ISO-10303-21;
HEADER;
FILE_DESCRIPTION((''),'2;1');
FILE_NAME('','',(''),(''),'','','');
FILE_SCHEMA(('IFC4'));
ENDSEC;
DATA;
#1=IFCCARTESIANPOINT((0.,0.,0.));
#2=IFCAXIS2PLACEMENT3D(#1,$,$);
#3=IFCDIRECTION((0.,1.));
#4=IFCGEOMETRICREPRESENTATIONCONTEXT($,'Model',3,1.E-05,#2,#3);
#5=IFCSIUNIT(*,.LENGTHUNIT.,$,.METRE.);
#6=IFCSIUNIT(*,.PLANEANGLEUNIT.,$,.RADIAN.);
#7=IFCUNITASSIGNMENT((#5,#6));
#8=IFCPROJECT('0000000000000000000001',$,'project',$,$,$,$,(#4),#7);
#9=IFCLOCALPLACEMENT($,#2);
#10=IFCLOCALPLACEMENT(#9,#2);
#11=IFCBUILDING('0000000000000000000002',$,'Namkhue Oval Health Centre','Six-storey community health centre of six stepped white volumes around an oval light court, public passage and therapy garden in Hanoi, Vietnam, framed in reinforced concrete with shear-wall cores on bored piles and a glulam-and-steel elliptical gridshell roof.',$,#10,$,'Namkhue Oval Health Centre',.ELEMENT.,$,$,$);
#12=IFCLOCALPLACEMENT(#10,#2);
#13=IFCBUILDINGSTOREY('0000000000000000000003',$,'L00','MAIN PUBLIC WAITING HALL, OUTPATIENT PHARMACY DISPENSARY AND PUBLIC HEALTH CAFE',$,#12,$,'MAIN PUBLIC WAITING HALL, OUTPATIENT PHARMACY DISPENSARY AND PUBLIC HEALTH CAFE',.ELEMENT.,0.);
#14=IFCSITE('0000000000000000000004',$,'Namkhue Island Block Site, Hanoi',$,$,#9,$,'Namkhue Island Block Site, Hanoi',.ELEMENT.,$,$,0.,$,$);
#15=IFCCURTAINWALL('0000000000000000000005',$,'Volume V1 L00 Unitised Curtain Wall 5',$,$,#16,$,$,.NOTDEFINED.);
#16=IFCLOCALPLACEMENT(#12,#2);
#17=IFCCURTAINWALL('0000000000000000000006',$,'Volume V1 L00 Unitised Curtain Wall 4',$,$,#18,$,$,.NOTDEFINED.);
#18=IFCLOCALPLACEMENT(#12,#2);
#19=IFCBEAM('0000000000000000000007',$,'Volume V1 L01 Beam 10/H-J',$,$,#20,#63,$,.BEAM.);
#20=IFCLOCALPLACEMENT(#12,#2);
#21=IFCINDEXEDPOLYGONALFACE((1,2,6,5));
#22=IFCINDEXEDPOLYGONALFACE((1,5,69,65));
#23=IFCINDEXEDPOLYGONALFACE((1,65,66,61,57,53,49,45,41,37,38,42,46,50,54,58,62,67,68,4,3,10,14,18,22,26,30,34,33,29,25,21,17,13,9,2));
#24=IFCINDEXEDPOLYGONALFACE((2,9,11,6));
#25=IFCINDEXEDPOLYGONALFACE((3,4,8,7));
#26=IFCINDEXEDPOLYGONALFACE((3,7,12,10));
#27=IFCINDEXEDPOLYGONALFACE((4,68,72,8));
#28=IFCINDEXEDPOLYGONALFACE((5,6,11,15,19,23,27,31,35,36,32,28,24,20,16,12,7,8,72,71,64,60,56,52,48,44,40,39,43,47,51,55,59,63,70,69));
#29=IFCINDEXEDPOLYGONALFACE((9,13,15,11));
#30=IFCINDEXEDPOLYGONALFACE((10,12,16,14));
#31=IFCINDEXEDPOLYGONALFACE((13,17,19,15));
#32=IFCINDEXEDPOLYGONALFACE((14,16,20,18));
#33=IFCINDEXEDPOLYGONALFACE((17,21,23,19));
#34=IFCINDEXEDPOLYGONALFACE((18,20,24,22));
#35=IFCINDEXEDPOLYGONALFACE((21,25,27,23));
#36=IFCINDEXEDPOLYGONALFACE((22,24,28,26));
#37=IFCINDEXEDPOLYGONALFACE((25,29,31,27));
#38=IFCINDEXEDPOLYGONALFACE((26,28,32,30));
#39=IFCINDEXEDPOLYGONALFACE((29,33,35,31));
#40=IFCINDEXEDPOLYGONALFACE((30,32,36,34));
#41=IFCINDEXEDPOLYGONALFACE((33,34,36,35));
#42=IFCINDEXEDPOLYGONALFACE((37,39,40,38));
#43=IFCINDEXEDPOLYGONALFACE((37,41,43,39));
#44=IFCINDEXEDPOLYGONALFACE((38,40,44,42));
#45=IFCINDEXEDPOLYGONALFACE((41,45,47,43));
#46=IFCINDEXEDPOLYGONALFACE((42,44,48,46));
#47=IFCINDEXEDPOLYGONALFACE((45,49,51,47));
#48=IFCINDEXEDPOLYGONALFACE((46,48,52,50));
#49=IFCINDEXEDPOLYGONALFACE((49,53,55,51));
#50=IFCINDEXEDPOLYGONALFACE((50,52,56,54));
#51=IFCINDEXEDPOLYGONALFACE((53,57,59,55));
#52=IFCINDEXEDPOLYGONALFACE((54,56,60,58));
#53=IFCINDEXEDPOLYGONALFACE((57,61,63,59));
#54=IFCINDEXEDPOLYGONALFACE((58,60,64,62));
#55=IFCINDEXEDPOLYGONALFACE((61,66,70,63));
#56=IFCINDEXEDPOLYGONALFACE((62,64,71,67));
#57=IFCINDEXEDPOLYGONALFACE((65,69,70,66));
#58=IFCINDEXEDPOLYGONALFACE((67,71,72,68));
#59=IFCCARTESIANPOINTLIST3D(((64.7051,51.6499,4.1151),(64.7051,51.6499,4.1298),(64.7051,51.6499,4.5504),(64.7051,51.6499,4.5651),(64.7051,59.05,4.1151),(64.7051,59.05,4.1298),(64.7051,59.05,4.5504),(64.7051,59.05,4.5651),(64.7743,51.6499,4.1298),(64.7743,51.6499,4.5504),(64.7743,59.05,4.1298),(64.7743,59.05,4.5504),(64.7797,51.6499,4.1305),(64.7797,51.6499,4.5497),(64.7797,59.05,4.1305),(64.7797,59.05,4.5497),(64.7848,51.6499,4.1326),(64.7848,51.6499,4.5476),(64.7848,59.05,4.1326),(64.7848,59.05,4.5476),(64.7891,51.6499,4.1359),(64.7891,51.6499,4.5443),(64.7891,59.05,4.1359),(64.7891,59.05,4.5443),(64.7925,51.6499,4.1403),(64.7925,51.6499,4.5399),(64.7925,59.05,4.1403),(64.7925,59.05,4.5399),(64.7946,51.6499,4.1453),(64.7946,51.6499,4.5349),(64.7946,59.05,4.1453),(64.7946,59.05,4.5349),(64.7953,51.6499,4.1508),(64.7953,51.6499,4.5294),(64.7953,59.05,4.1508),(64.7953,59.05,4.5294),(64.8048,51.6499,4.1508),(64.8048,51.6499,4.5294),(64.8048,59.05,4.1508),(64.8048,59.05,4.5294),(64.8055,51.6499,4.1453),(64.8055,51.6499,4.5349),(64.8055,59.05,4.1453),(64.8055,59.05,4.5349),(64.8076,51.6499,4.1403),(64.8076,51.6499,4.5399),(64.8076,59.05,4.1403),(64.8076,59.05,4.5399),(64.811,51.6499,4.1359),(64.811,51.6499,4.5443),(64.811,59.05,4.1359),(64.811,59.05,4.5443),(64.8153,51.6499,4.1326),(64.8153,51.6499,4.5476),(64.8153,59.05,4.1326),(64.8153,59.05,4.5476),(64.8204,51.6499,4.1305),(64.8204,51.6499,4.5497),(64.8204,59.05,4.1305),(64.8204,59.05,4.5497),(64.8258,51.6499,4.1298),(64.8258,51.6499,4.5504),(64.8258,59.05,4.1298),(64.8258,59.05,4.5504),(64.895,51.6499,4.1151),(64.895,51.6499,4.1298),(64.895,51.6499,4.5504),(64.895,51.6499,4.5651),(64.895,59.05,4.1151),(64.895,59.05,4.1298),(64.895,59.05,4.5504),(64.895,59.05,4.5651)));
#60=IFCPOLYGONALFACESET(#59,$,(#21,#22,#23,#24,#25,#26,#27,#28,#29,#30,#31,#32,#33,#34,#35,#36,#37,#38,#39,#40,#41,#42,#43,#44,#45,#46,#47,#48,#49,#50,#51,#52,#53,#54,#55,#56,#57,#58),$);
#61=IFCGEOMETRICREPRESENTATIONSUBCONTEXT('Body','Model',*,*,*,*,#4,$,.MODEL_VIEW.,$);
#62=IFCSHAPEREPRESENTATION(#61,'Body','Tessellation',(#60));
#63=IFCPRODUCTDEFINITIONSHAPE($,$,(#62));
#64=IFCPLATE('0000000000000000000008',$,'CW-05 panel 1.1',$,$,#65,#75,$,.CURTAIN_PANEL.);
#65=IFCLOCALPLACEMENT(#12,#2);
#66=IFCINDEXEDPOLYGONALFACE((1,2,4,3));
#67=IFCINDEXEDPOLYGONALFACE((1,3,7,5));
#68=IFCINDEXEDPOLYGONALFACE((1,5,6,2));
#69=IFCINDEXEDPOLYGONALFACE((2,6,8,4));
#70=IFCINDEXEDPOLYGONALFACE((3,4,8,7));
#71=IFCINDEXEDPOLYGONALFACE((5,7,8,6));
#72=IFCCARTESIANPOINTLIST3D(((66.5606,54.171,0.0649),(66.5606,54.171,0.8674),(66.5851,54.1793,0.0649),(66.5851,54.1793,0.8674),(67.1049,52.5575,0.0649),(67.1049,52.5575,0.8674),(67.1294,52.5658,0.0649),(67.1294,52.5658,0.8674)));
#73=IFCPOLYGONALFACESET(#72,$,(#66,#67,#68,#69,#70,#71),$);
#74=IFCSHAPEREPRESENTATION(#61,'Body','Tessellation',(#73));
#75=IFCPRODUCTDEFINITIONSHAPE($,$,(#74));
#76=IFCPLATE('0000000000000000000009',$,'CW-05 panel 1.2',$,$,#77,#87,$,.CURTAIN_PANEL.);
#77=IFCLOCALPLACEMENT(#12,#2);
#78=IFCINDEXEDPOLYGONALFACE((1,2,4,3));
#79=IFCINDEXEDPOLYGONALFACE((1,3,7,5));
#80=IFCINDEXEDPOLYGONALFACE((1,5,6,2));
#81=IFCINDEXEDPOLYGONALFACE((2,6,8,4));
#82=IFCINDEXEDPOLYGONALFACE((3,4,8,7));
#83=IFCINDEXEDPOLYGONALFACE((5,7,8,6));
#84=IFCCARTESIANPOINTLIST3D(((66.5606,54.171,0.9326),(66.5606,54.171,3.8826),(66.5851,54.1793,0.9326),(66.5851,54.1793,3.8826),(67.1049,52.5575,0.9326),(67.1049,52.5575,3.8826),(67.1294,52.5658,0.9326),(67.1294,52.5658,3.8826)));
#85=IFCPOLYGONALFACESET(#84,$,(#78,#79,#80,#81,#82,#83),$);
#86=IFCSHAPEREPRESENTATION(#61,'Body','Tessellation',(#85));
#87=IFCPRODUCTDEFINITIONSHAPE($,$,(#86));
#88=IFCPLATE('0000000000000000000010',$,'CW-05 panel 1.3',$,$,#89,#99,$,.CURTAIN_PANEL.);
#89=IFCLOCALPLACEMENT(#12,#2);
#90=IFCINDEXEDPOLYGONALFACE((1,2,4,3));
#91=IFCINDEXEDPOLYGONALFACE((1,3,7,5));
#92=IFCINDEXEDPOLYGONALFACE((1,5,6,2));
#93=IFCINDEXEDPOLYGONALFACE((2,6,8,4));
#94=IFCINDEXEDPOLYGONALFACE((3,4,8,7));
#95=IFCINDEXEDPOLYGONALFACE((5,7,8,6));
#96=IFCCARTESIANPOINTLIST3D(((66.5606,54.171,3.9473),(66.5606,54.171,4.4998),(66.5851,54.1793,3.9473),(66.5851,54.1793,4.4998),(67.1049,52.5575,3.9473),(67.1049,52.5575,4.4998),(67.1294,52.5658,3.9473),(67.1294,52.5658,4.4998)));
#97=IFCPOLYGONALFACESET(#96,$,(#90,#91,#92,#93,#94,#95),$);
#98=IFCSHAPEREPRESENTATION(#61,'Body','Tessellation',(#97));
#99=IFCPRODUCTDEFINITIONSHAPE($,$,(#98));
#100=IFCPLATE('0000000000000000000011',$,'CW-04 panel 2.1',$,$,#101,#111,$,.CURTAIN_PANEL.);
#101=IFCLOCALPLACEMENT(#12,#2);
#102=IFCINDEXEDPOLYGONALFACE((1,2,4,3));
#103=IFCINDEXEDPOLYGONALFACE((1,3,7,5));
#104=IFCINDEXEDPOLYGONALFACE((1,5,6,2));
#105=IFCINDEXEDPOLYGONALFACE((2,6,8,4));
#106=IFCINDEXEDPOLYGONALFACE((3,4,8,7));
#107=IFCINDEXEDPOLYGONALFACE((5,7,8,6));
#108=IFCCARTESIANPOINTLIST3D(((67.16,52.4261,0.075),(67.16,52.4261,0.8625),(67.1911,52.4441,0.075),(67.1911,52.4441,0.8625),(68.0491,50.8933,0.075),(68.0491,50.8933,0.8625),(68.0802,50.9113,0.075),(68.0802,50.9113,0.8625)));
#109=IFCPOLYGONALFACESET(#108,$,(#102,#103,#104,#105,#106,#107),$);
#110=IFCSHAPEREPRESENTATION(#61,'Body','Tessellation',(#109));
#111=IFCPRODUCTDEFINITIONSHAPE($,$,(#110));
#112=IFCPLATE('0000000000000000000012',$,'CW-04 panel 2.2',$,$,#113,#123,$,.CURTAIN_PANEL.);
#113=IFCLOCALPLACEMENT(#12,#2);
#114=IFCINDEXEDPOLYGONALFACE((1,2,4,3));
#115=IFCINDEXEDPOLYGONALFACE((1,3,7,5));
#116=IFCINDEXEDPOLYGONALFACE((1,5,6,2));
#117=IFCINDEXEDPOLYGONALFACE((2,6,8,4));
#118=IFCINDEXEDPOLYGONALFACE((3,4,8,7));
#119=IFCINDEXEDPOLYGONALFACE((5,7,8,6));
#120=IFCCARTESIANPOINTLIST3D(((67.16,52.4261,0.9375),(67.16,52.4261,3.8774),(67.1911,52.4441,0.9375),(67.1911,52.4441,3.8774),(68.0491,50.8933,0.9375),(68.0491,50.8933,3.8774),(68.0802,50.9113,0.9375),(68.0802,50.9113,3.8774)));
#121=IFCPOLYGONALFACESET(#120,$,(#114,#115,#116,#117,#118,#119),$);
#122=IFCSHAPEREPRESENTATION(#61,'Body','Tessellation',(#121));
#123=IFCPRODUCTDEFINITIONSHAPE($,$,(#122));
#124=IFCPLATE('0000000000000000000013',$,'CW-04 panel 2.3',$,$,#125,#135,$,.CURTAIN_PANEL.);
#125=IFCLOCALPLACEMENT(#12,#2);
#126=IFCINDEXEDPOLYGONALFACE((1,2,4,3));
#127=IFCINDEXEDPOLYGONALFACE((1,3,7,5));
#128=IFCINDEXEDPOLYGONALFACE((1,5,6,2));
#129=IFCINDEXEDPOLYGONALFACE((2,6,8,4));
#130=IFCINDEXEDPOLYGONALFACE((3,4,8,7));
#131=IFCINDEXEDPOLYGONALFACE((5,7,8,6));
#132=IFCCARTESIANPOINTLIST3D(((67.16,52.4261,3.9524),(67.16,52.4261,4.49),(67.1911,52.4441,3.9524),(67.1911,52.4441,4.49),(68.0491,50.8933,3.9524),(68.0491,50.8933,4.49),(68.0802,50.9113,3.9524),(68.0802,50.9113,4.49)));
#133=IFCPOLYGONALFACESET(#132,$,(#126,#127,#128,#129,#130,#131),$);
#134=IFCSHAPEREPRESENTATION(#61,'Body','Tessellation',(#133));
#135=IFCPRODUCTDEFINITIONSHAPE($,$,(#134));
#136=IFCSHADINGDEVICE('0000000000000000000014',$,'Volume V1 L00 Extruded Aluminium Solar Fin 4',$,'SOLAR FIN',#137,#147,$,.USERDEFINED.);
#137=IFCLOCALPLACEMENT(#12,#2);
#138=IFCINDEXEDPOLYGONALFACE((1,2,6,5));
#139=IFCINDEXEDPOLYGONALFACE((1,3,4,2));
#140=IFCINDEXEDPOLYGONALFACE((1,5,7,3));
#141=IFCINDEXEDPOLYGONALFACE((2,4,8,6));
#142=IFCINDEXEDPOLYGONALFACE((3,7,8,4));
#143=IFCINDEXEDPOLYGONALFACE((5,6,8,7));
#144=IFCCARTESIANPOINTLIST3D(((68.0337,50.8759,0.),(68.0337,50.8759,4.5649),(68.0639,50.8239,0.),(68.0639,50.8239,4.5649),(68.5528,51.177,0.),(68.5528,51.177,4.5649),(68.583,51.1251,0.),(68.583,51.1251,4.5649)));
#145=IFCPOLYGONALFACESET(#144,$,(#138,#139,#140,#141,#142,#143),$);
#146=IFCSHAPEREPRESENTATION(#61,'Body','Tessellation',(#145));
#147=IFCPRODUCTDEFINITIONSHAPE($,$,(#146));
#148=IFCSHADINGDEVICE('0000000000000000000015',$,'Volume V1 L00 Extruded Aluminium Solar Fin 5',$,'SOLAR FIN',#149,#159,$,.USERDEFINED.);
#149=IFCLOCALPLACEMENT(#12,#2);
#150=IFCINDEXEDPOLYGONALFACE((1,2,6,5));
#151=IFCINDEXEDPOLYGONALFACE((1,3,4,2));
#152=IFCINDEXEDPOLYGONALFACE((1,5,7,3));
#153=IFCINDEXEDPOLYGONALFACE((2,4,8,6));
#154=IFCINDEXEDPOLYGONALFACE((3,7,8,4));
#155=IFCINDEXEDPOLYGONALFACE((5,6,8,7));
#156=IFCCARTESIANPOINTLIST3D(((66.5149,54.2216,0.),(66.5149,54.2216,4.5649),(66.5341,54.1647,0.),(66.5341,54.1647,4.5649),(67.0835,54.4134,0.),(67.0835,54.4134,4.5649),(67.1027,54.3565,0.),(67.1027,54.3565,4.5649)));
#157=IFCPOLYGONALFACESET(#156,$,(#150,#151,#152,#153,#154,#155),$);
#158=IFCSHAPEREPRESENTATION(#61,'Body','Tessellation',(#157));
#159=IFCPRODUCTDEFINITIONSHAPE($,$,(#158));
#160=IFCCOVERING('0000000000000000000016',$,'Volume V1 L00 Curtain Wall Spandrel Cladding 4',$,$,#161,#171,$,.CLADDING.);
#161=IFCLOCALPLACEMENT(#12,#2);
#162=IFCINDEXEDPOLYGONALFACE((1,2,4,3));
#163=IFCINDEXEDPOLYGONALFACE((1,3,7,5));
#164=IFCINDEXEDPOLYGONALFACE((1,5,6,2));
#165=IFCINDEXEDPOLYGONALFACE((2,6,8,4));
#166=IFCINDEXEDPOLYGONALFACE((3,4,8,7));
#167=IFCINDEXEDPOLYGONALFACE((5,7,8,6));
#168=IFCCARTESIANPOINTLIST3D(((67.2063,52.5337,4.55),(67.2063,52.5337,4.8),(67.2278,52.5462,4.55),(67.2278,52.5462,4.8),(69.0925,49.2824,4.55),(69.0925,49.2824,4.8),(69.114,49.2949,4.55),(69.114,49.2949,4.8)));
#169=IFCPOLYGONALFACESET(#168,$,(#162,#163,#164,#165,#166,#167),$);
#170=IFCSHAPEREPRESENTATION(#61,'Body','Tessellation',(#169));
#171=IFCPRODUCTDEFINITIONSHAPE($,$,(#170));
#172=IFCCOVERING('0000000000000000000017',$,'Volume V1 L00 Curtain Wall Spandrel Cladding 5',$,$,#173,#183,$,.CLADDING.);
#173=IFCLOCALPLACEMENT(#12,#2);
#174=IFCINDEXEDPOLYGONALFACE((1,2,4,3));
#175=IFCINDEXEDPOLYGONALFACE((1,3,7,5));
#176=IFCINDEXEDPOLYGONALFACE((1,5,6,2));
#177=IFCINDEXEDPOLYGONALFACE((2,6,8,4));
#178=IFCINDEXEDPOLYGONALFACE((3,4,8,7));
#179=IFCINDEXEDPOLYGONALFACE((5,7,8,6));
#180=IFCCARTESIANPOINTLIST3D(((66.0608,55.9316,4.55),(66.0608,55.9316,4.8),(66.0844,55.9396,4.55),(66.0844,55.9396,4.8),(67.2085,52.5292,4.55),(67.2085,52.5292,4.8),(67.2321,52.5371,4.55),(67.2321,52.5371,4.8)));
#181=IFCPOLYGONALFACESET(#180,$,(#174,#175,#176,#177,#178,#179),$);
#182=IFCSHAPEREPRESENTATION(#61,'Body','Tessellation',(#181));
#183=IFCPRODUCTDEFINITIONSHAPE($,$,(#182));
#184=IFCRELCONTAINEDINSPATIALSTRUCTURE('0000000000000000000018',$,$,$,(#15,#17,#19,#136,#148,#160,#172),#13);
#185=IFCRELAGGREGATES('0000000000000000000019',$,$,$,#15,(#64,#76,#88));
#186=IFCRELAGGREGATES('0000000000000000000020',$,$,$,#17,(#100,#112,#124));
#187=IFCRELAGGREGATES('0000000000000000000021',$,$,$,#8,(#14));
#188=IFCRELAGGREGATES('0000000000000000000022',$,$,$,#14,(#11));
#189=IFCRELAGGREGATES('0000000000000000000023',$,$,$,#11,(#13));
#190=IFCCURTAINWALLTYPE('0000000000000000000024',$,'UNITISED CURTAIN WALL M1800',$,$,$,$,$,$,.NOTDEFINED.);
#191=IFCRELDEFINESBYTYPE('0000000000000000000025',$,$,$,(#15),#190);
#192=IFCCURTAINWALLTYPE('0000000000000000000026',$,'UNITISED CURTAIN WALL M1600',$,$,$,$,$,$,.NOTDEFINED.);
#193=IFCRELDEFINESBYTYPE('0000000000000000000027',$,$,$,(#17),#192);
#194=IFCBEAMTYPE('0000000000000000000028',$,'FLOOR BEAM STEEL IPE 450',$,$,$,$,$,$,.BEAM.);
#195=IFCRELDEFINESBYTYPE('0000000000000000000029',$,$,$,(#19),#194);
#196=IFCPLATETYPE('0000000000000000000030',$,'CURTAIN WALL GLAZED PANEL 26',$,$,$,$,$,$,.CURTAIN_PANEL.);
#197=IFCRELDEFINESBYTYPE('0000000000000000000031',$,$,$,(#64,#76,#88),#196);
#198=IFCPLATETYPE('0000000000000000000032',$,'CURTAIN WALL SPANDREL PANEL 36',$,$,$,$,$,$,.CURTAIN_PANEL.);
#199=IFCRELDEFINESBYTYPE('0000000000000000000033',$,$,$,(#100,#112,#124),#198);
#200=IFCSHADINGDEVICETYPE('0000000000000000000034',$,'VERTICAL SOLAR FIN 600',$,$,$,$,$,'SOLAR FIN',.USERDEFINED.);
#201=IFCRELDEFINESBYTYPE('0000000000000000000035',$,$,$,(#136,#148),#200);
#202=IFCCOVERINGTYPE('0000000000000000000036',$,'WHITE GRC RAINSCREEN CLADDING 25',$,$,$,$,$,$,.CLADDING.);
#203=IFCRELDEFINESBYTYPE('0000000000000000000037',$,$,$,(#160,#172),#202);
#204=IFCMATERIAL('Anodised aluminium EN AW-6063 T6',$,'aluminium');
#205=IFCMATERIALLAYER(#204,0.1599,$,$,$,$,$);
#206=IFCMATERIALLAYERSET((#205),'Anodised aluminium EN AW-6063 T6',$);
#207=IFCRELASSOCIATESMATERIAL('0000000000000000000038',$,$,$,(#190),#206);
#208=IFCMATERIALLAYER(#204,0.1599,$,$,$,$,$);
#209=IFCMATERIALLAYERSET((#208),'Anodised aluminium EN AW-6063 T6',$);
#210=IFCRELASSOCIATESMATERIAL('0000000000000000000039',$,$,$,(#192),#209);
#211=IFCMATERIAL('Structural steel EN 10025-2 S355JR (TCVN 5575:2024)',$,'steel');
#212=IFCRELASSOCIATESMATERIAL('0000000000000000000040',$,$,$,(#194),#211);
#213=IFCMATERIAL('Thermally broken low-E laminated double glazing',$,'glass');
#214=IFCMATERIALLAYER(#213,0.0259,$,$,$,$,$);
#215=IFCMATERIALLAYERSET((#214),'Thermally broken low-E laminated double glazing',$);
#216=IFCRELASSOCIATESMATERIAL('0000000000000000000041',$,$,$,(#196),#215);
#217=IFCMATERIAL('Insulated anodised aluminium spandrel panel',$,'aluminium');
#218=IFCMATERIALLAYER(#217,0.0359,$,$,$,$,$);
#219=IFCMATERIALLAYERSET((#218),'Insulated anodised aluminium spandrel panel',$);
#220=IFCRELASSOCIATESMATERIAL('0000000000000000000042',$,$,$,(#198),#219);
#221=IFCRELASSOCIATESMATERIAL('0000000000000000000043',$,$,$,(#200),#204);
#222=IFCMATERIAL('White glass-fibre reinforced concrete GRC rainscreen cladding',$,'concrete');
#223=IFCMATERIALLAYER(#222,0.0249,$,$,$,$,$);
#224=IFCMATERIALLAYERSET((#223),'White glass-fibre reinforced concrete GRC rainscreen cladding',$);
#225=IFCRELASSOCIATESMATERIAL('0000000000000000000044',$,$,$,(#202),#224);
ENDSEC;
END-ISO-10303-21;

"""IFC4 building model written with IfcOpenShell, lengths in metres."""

from ifc_helpers import new_model, si_unit, direction, frame, origin, origin_2d, place, context, subcontext, project, spatial, rectangle, i_section, extrude, material, layer, layer_set, material_profile, profile_set, type_object, element, aggregate, save


model = new_model("IFC4")

# Units and contexts
model_context = context("Model", 3, precision=1e-05, world=origin(), true_north=direction((0.0, 1.0)))
body_context = subcontext(model_context, "Body", "Model", "MODEL_VIEW")
ifc_project = project(units=[si_unit("LENGTHUNIT", "METRE"), si_unit("PLANEANGLEUNIT", "RADIAN")], contexts=[model_context])

# Site, building, storey
site_placement = place(None, origin())
site = spatial("IfcSite", under=ifc_project, at=site_placement, Name="Namkhue Island Block Site, Hanoi", LongName="Namkhue Island Block Site, Hanoi", CompositionType="ELEMENT", RefElevation=0.0)
building_placement = place(site_placement, origin())
building = spatial("IfcBuilding", under=site, at=building_placement, Name="Namkhue Oval Health Centre", Description="Six-storey community health centre of six stepped white volumes around an oval light court, public passage and therapy garden in Hanoi, Vietnam, framed in reinforced concrete with shear-wall cores on bored piles and a glulam-and-steel elliptical gridshell roof.", LongName="Namkhue Oval Health Centre", CompositionType="ELEMENT")
storey_placement = place(building_placement, origin())
storey = spatial("IfcBuildingStorey", under=building, at=storey_placement, Name="L00", Description="MAIN PUBLIC WAITING HALL, OUTPATIENT PHARMACY DISPENSARY AND PUBLIC HEALTH CAFE", LongName="MAIN PUBLIC WAITING HALL, OUTPATIENT PHARMACY DISPENSARY AND PUBLIC HEALTH CAFE", CompositionType="ELEMENT", Elevation=0.0)

# Curtain wall
ifc_material_1 = material(Name="Anodised aluminium EN AW-6063 T6", Category="aluminium")
ifc_layer_1 = layer(ifc_material_1, 0.1599)
ifc_layer_set_1 = layer_set([ifc_layer_1], Name="Anodised aluminium EN AW-6063 T6")
curtain_wall_type_1 = type_object("IfcCurtainWallType", Name="UNITISED CURTAIN WALL M1800", PredefinedType="NOTDEFINED", material=ifc_layer_set_1)
curtain_wall_1_placement = place(storey_placement, origin())
curtain_wall_1 = element("IfcCurtainWall", 1, at=curtain_wall_1_placement, inside=storey, type_object=curtain_wall_type_1, Name="Volume V1 L00 Unitised Curtain Wall 5", PredefinedType="NOTDEFINED")

# Curtain wall
ifc_layer_2 = layer(ifc_material_1, 0.1599)
ifc_layer_set_2 = layer_set([ifc_layer_2], Name="Anodised aluminium EN AW-6063 T6")
curtain_wall_type_2 = type_object("IfcCurtainWallType", Name="UNITISED CURTAIN WALL M1600", PredefinedType="NOTDEFINED", material=ifc_layer_set_2)
curtain_wall_2_placement = place(storey_placement, origin())
curtain_wall_2 = element("IfcCurtainWall", 2, at=curtain_wall_2_placement, inside=storey, type_object=curtain_wall_type_2, Name="Volume V1 L00 Unitised Curtain Wall 4", PredefinedType="NOTDEFINED")

# Beam
ifc_material_2 = material(Name="Structural steel EN 10025-2 S355JR (TCVN 5575:2024)", Category="steel")
ifc_material_profile_1 = material_profile(ifc_material_2, i_section(OverallWidth=0.1899, OverallDepth=0.45, WebThickness=0.0095, FlangeThickness=0.0146, FilletRadius=0.021, at=origin_2d()), Name="IPE 450")
ifc_profile_set_1 = profile_set([ifc_material_profile_1], Name="Structural steel EN 10025-2 S355JR (TCVN 5575:2024)")
beam_type = type_object("IfcBeamType", Name="FLOOR BEAM STEEL IPE 450", PredefinedType="BEAM", material=ifc_profile_set_1)
beam_placement = place(storey_placement, frame((64.8, 51.6499, 4.3401), z_axis=(0.0, 1.0, 0.0), x_axis=(-1.0, 0.0, 0.0)))
element("IfcBeam", 3, at=beam_placement, inside=storey, type_object=beam_type, Name="Volume V1 L01 Beam 10/H-J", PredefinedType="BEAM", context=body_context, shape_type="SweptSolid", body=[
    extrude(i_section(OverallWidth=0.1899, OverallDepth=0.45, WebThickness=0.0095, FlangeThickness=0.0146, FilletRadius=0.021, at=origin_2d()), origin(), (0.0, 0.0, 1.0), 7.4001),
])

# Plates
ifc_material_3 = material(Name="Thermally broken low-E laminated double glazing", Category="glass")
ifc_layer_3 = layer(ifc_material_3, 0.0259)
ifc_layer_set_3 = layer_set([ifc_layer_3], Name="Thermally broken low-E laminated double glazing")
plate_type_1 = type_object("IfcPlateType", Name="CURTAIN WALL GLAZED PANEL 26", PredefinedType="CURTAIN_PANEL", material=ifc_layer_set_3)
plate_1_placement = place(storey_placement, frame((66.845, 53.3684, 0.0649), z_axis=(0.0, 0.0, 1.0), x_axis=(-0.319642, 0.947539, 0.0)))
plate_1 = element("IfcPlate", 4, at=plate_1_placement, type_object=plate_type_1, Name="CW-05 panel 1.1", PredefinedType="CURTAIN_PANEL", context=body_context, shape_type="SweptSolid", body=[
    extrude(rectangle(XDim=1.7029, YDim=0.0259, at=origin_2d()), origin(), (0.0, 0.0, 1.0), 0.8025),
])
plate_2_placement = place(storey_placement, frame((66.845, 53.3684, 0.9326), z_axis=(0.0, 0.0, 1.0), x_axis=(-0.319642, 0.947539, 0.0)))
plate_2 = element("IfcPlate", 5, at=plate_2_placement, type_object=plate_type_1, Name="CW-05 panel 1.2", PredefinedType="CURTAIN_PANEL", context=body_context, shape_type="SweptSolid", body=[
    extrude(rectangle(XDim=1.7029, YDim=0.0259, at=origin_2d()), origin(), (0.0, 0.0, 1.0), 2.95),
])
plate_3_placement = place(storey_placement, frame((66.845, 53.3684, 3.9473), z_axis=(0.0, 0.0, 1.0), x_axis=(-0.319642, 0.947539, 0.0)))
plate_3 = element("IfcPlate", 6, at=plate_3_placement, type_object=plate_type_1, Name="CW-05 panel 1.3", PredefinedType="CURTAIN_PANEL", context=body_context, shape_type="SweptSolid", body=[
    extrude(rectangle(XDim=1.7029, YDim=0.0259, at=origin_2d()), origin(), (0.0, 0.0, 1.0), 0.5525),
])
aggregate(curtain_wall_1, [plate_1, plate_2, plate_3])
ifc_material_4 = material(Name="Insulated anodised aluminium spandrel panel", Category="aluminium")
ifc_layer_4 = layer(ifc_material_4, 0.0359)
ifc_layer_set_4 = layer_set([ifc_layer_4], Name="Insulated anodised aluminium spandrel panel")
plate_type_2 = type_object("IfcPlateType", Name="CURTAIN WALL SPANDREL PANEL 36", PredefinedType="CURTAIN_PANEL", material=ifc_layer_set_4)
plate_4_placement = place(storey_placement, frame((67.6201, 51.6687, 0.075), z_axis=(0.0, 0.0, 1.0), x_axis=(-0.501758, 0.865008, 0.0)))
plate_4 = element("IfcPlate", 7, at=plate_4_placement, type_object=plate_type_2, Name="CW-04 panel 2.1", PredefinedType="CURTAIN_PANEL", context=body_context, shape_type="SweptSolid", body=[
    extrude(rectangle(XDim=1.772, YDim=0.0359, at=origin_2d()), origin(), (0.0, 0.0, 1.0), 0.7876),
])
plate_5_placement = place(storey_placement, frame((67.6201, 51.6687, 0.9375), z_axis=(0.0, 0.0, 1.0), x_axis=(-0.501758, 0.865008, 0.0)))
plate_5 = element("IfcPlate", 8, at=plate_5_placement, type_object=plate_type_2, Name="CW-04 panel 2.2", PredefinedType="CURTAIN_PANEL", context=body_context, shape_type="SweptSolid", body=[
    extrude(rectangle(XDim=1.772, YDim=0.0359, at=origin_2d()), origin(), (0.0, 0.0, 1.0), 2.9399),
])
plate_6_placement = place(storey_placement, frame((67.6201, 51.6687, 3.9524), z_axis=(0.0, 0.0, 1.0), x_axis=(-0.501758, 0.865008, 0.0)))
plate_6 = element("IfcPlate", 9, at=plate_6_placement, type_object=plate_type_2, Name="CW-04 panel 2.3", PredefinedType="CURTAIN_PANEL", context=body_context, shape_type="SweptSolid", body=[
    extrude(rectangle(XDim=1.772, YDim=0.0359, at=origin_2d()), origin(), (0.0, 0.0, 1.0), 0.5376),
])
aggregate(curtain_wall_2, [plate_4, plate_5, plate_6])

# Shading devices
shading_device_type = type_object("IfcShadingDeviceType", Name="VERTICAL SOLAR FIN 600", ElementType="SOLAR FIN", PredefinedType="USERDEFINED", material=ifc_material_1)
for number, where, z_axis, x_axis, name in (
    (10, (68.3083, 51.0005, 0.0), (0.0, 0.0, 1.0), (0.864976, 0.501813, 0.0), "Volume V1 L00 Extruded Aluminium Solar Fin 4"),
    (11, (66.8088, 54.2891, 0.0), (0.0, 0.0, 1.0), (0.947546, 0.319621, 0.0), "Volume V1 L00 Extruded Aluminium Solar Fin 5"),
):
    element("IfcShadingDevice", number, at=place(storey_placement, frame(where, z_axis=z_axis, x_axis=x_axis)), inside=storey, type_object=shading_device_type, Name=name, ObjectType="SOLAR FIN", PredefinedType="USERDEFINED", context=body_context, shape_type="SweptSolid", body=[
        extrude(rectangle(XDim=0.6001, YDim=0.0601, at=origin_2d()), origin(), (0.0, 0.0, 1.0), 4.5649),
    ])

# Coverings
ifc_material_5 = material(Name="White glass-fibre reinforced concrete GRC rainscreen cladding", Category="concrete")
ifc_layer_5 = layer(ifc_material_5, 0.0249)
ifc_layer_set_5 = layer_set([ifc_layer_5], Name="White glass-fibre reinforced concrete GRC rainscreen cladding")
covering_type = type_object("IfcCoveringType", Name="WHITE GRC RAINSCREEN CLADDING 25", PredefinedType="CLADDING", material=ifc_layer_set_5)
covering_1_placement = place(storey_placement, frame((68.1602, 50.9143, 4.55), z_axis=(0.0, 0.0, 1.0), x_axis=(-0.501813, 0.864976, 0.0)))
element("IfcCovering", 12, at=covering_1_placement, inside=storey, type_object=covering_type, Name="Volume V1 L00 Curtain Wall Spandrel Cladding 4", PredefinedType="CLADDING", context=body_context, shape_type="SweptSolid", body=[
    extrude(rectangle(XDim=3.7588, YDim=0.0249, at=origin_2d()), origin(), (0.0, 0.0, 1.0), 0.25),
])
covering_2_placement = place(storey_placement, frame((66.6465, 54.2344, 4.55), z_axis=(0.0, 0.0, 1.0), x_axis=(-0.319621, 0.947546, 0.0)))
element("IfcCovering", 13, at=covering_2_placement, inside=storey, type_object=covering_type, Name="Volume V1 L00 Curtain Wall Spandrel Cladding 5", PredefinedType="CLADDING", context=body_context, shape_type="SweptSolid", body=[
    extrude(rectangle(XDim=3.5908, YDim=0.0249, at=origin_2d()), origin(), (0.0, 0.0, 1.0), 0.25),
])

save(model, "model.ifc")
